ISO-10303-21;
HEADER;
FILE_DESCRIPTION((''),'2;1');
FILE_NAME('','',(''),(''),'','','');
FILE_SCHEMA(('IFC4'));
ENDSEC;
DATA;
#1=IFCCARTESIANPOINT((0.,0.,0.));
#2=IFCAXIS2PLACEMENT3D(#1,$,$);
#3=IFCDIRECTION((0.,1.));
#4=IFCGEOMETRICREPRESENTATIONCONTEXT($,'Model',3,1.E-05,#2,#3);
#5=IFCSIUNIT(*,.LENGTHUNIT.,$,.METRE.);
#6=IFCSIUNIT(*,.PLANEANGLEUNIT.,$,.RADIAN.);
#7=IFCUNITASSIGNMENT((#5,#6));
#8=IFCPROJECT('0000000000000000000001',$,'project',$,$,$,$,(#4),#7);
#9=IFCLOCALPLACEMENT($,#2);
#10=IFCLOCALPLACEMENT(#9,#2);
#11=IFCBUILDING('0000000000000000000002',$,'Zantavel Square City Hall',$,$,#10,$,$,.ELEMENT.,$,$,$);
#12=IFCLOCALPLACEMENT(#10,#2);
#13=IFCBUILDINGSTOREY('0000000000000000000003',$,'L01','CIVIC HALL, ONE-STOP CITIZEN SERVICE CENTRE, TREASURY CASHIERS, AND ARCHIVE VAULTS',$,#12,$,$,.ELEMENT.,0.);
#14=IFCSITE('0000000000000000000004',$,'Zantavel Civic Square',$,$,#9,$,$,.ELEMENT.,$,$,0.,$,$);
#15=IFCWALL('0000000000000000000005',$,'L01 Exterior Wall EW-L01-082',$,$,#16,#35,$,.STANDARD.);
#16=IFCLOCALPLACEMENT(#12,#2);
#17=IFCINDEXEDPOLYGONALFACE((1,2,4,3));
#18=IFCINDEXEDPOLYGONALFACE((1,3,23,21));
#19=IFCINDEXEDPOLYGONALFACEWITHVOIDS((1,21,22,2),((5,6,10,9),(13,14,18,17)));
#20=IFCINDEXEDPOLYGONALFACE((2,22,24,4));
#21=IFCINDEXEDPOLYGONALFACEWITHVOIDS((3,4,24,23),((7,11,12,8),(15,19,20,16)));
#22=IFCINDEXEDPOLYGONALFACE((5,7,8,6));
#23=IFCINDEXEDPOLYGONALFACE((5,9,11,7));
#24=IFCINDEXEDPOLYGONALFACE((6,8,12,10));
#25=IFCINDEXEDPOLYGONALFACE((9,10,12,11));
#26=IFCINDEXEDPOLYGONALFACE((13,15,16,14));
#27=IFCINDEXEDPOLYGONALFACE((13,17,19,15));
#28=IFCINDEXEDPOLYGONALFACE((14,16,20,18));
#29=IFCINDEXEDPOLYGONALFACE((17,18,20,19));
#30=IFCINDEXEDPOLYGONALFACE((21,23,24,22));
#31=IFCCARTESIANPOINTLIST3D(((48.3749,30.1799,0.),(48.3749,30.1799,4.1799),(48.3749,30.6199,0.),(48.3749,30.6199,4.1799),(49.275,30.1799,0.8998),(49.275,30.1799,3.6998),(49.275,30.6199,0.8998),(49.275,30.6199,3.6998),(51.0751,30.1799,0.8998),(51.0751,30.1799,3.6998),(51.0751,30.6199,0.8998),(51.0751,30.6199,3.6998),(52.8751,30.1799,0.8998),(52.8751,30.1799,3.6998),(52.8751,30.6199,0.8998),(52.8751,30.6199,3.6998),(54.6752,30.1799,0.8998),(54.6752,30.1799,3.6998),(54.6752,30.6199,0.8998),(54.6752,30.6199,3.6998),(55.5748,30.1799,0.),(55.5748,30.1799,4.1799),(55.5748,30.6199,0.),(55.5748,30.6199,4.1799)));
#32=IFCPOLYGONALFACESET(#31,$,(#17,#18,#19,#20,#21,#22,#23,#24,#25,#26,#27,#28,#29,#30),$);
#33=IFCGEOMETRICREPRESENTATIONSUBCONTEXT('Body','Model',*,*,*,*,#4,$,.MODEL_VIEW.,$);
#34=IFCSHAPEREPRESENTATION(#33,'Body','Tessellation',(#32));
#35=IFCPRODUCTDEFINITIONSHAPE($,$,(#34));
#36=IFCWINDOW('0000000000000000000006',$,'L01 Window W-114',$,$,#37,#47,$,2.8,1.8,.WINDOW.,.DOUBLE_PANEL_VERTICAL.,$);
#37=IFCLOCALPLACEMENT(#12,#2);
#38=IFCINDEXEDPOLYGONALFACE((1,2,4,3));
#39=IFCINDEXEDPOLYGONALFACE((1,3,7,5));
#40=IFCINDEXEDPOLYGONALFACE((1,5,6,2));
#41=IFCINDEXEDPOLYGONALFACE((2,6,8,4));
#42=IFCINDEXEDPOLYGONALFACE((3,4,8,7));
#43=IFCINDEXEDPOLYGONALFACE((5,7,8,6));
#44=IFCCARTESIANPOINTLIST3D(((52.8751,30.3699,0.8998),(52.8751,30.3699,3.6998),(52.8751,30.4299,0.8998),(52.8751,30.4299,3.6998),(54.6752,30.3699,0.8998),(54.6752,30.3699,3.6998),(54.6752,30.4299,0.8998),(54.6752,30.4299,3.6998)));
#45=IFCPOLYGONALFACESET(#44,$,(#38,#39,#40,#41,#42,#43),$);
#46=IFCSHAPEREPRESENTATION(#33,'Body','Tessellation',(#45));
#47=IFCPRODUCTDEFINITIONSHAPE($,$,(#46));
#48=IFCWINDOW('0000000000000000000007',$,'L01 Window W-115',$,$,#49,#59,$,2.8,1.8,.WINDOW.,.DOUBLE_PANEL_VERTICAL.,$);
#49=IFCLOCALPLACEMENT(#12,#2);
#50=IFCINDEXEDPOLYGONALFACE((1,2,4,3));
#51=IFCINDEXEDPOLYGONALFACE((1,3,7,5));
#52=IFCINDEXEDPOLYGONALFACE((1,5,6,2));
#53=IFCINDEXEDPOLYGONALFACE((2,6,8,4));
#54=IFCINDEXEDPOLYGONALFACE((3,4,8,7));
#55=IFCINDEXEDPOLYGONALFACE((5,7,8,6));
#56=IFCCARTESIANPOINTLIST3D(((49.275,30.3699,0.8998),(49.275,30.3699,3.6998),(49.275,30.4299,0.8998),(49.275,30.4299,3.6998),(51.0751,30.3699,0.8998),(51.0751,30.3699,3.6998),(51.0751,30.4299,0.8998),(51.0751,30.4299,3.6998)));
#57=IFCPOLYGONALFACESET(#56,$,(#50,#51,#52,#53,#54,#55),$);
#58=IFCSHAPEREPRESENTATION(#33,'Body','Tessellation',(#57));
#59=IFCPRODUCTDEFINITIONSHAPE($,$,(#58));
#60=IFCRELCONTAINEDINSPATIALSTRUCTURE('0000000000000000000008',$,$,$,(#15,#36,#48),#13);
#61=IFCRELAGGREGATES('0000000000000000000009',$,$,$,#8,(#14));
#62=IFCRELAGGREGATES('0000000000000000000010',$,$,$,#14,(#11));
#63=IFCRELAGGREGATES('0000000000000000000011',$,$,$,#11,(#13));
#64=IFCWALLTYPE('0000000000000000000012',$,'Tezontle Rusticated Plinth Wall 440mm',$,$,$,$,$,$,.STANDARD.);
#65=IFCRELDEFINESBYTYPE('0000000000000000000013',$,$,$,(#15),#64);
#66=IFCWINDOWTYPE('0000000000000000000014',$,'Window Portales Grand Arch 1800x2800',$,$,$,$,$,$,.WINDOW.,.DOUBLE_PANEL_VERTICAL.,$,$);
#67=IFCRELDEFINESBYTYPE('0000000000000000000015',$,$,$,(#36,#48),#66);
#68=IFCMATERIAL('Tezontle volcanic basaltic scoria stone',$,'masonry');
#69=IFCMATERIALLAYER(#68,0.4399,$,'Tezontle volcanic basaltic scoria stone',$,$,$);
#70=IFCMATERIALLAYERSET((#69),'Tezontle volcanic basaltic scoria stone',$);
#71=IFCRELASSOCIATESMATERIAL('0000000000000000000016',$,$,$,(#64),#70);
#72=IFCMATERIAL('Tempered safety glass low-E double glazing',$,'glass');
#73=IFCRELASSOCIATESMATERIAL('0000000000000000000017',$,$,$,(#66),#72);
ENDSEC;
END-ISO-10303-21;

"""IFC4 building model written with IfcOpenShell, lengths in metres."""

from ifc_helpers import new_model, si_unit, direction, frame, frame_2d, origin, place, context, subcontext, project, spatial, rectangle, extrude, material, layer, layer_set, type_object, element, fill, save


model = new_model("IFC4")

# Units and contexts
model_context = context("Model", 3, precision=1e-05, world=origin(), true_north=direction((0.0, 1.0)))
body_context = subcontext(model_context, "Body", "Model", "MODEL_VIEW")
ifc_project = project(units=[si_unit("LENGTHUNIT", "METRE"), si_unit("PLANEANGLEUNIT", "RADIAN")], contexts=[model_context])

# Site, building, storey
site_placement = place(None, origin())
site = spatial("IfcSite", under=ifc_project, at=site_placement, Name="Zantavel Civic Square", CompositionType="ELEMENT", RefElevation=0.0)
building_placement = place(site_placement, origin())
building = spatial("IfcBuilding", under=site, at=building_placement, Name="Zantavel Square City Hall", CompositionType="ELEMENT")
storey_placement = place(building_placement, origin())
storey = spatial("IfcBuildingStorey", under=building, at=storey_placement, Name="L01", Description="CIVIC HALL, ONE-STOP CITIZEN SERVICE CENTRE, TREASURY CASHIERS, AND ARCHIVE VAULTS", CompositionType="ELEMENT", Elevation=0.0)

# Wall, openings, windows
ifc_material_1 = material(Name="Tezontle volcanic basaltic scoria stone", Category="masonry")
ifc_layer_1 = layer(ifc_material_1, 0.4399, Name="Tezontle volcanic basaltic scoria stone")
ifc_layer_set_1 = layer_set([ifc_layer_1], Name="Tezontle volcanic basaltic scoria stone")
wall_type_1 = type_object("IfcWallType", Name="Tezontle Rusticated Plinth Wall 440mm", PredefinedType="STANDARD", material=ifc_layer_set_1)
wall_1_placement = place(storey_placement, frame((55.575, 30.3999, 0.0), z_axis=(0.0, 0.0, 1.0), x_axis=(-1.0, 0.0, 0.0)))
wall_1 = element("IfcWall", 1, at=wall_1_placement, inside=storey, type_object=wall_type_1, Name="L01 Exterior Wall EW-L01-082", PredefinedType="STANDARD", context=body_context, shape_type="SweptSolid", body=[
    extrude(rectangle(XDim=7.2, YDim=0.4399, at=frame_2d((3.6001, 0.0))), origin(), (0.0, 0.0, 1.0), 4.1799),
])
opening_1_placement = place(wall_1_placement, frame((0.8999, 0.0, 0.8999)))
opening_1 = element("IfcOpeningElement", 2, at=opening_1_placement, cuts=wall_1, PredefinedType="OPENING", context=body_context, shape_type="SweptSolid", body=[
    extrude(rectangle(XDim=1.8, YDim=2.8, at=frame_2d((0.8999, 1.3999))), frame((0.0, 0.23, 0.0), z_axis=(0.0, -1.0, 0.0), x_axis=(1.0, 0.0, 0.0)), (0.0, 0.0, 1.0), 0.46),
])
opening_2_placement = place(wall_1_placement, frame((4.5, 0.0, 0.8999)))
opening_2 = element("IfcOpeningElement", 3, at=opening_2_placement, cuts=wall_1, PredefinedType="OPENING", context=body_context, shape_type="SweptSolid", body=[
    extrude(rectangle(XDim=1.8, YDim=2.8, at=frame_2d((0.8999, 1.3999))), frame((0.0, 0.23, 0.0), z_axis=(0.0, -1.0, 0.0), x_axis=(1.0, 0.0, 0.0)), (0.0, 0.0, 1.0), 0.46),
])
ifc_material_2 = material(Name="Tempered safety glass low-E double glazing", Category="glass")
window_type = type_object("IfcWindowType", Name="Window Portales Grand Arch 1800x2800", PartitioningType="DOUBLE_PANEL_VERTICAL", PredefinedType="WINDOW", material=ifc_material_2)
window_1_placement = place(opening_1_placement, origin())
window_1 = element("IfcWindow", 4, at=window_1_placement, inside=storey, type_object=window_type, Name="L01 Window W-114", OverallHeight=2.8, OverallWidth=1.8, PartitioningType="DOUBLE_PANEL_VERTICAL", PredefinedType="WINDOW", context=body_context, shape_type="SweptSolid", body=[
    extrude(rectangle(XDim=1.8, YDim=2.8, at=frame_2d((0.8999, 1.3999))), frame((0.0, 0.03, 0.0), z_axis=(0.0, -1.0, 0.0), x_axis=(1.0, 0.0, 0.0)), (0.0, 0.0, 1.0), 0.0601),
])
fill(opening_1, window_1)
window_2_placement = place(opening_2_placement, origin())
window_2 = element("IfcWindow", 5, at=window_2_placement, inside=storey, type_object=window_type, Name="L01 Window W-115", OverallHeight=2.8, OverallWidth=1.8, PartitioningType="DOUBLE_PANEL_VERTICAL", PredefinedType="WINDOW", context=body_context, shape_type="SweptSolid", body=[
    extrude(rectangle(XDim=1.8, YDim=2.8, at=frame_2d((0.8999, 1.3999))), frame((0.0, 0.03, 0.0), z_axis=(0.0, -1.0, 0.0), x_axis=(1.0, 0.0, 0.0)), (0.0, 0.0, 1.0), 0.0601),
])
fill(opening_2, window_2)

save(model, "model.ifc")
